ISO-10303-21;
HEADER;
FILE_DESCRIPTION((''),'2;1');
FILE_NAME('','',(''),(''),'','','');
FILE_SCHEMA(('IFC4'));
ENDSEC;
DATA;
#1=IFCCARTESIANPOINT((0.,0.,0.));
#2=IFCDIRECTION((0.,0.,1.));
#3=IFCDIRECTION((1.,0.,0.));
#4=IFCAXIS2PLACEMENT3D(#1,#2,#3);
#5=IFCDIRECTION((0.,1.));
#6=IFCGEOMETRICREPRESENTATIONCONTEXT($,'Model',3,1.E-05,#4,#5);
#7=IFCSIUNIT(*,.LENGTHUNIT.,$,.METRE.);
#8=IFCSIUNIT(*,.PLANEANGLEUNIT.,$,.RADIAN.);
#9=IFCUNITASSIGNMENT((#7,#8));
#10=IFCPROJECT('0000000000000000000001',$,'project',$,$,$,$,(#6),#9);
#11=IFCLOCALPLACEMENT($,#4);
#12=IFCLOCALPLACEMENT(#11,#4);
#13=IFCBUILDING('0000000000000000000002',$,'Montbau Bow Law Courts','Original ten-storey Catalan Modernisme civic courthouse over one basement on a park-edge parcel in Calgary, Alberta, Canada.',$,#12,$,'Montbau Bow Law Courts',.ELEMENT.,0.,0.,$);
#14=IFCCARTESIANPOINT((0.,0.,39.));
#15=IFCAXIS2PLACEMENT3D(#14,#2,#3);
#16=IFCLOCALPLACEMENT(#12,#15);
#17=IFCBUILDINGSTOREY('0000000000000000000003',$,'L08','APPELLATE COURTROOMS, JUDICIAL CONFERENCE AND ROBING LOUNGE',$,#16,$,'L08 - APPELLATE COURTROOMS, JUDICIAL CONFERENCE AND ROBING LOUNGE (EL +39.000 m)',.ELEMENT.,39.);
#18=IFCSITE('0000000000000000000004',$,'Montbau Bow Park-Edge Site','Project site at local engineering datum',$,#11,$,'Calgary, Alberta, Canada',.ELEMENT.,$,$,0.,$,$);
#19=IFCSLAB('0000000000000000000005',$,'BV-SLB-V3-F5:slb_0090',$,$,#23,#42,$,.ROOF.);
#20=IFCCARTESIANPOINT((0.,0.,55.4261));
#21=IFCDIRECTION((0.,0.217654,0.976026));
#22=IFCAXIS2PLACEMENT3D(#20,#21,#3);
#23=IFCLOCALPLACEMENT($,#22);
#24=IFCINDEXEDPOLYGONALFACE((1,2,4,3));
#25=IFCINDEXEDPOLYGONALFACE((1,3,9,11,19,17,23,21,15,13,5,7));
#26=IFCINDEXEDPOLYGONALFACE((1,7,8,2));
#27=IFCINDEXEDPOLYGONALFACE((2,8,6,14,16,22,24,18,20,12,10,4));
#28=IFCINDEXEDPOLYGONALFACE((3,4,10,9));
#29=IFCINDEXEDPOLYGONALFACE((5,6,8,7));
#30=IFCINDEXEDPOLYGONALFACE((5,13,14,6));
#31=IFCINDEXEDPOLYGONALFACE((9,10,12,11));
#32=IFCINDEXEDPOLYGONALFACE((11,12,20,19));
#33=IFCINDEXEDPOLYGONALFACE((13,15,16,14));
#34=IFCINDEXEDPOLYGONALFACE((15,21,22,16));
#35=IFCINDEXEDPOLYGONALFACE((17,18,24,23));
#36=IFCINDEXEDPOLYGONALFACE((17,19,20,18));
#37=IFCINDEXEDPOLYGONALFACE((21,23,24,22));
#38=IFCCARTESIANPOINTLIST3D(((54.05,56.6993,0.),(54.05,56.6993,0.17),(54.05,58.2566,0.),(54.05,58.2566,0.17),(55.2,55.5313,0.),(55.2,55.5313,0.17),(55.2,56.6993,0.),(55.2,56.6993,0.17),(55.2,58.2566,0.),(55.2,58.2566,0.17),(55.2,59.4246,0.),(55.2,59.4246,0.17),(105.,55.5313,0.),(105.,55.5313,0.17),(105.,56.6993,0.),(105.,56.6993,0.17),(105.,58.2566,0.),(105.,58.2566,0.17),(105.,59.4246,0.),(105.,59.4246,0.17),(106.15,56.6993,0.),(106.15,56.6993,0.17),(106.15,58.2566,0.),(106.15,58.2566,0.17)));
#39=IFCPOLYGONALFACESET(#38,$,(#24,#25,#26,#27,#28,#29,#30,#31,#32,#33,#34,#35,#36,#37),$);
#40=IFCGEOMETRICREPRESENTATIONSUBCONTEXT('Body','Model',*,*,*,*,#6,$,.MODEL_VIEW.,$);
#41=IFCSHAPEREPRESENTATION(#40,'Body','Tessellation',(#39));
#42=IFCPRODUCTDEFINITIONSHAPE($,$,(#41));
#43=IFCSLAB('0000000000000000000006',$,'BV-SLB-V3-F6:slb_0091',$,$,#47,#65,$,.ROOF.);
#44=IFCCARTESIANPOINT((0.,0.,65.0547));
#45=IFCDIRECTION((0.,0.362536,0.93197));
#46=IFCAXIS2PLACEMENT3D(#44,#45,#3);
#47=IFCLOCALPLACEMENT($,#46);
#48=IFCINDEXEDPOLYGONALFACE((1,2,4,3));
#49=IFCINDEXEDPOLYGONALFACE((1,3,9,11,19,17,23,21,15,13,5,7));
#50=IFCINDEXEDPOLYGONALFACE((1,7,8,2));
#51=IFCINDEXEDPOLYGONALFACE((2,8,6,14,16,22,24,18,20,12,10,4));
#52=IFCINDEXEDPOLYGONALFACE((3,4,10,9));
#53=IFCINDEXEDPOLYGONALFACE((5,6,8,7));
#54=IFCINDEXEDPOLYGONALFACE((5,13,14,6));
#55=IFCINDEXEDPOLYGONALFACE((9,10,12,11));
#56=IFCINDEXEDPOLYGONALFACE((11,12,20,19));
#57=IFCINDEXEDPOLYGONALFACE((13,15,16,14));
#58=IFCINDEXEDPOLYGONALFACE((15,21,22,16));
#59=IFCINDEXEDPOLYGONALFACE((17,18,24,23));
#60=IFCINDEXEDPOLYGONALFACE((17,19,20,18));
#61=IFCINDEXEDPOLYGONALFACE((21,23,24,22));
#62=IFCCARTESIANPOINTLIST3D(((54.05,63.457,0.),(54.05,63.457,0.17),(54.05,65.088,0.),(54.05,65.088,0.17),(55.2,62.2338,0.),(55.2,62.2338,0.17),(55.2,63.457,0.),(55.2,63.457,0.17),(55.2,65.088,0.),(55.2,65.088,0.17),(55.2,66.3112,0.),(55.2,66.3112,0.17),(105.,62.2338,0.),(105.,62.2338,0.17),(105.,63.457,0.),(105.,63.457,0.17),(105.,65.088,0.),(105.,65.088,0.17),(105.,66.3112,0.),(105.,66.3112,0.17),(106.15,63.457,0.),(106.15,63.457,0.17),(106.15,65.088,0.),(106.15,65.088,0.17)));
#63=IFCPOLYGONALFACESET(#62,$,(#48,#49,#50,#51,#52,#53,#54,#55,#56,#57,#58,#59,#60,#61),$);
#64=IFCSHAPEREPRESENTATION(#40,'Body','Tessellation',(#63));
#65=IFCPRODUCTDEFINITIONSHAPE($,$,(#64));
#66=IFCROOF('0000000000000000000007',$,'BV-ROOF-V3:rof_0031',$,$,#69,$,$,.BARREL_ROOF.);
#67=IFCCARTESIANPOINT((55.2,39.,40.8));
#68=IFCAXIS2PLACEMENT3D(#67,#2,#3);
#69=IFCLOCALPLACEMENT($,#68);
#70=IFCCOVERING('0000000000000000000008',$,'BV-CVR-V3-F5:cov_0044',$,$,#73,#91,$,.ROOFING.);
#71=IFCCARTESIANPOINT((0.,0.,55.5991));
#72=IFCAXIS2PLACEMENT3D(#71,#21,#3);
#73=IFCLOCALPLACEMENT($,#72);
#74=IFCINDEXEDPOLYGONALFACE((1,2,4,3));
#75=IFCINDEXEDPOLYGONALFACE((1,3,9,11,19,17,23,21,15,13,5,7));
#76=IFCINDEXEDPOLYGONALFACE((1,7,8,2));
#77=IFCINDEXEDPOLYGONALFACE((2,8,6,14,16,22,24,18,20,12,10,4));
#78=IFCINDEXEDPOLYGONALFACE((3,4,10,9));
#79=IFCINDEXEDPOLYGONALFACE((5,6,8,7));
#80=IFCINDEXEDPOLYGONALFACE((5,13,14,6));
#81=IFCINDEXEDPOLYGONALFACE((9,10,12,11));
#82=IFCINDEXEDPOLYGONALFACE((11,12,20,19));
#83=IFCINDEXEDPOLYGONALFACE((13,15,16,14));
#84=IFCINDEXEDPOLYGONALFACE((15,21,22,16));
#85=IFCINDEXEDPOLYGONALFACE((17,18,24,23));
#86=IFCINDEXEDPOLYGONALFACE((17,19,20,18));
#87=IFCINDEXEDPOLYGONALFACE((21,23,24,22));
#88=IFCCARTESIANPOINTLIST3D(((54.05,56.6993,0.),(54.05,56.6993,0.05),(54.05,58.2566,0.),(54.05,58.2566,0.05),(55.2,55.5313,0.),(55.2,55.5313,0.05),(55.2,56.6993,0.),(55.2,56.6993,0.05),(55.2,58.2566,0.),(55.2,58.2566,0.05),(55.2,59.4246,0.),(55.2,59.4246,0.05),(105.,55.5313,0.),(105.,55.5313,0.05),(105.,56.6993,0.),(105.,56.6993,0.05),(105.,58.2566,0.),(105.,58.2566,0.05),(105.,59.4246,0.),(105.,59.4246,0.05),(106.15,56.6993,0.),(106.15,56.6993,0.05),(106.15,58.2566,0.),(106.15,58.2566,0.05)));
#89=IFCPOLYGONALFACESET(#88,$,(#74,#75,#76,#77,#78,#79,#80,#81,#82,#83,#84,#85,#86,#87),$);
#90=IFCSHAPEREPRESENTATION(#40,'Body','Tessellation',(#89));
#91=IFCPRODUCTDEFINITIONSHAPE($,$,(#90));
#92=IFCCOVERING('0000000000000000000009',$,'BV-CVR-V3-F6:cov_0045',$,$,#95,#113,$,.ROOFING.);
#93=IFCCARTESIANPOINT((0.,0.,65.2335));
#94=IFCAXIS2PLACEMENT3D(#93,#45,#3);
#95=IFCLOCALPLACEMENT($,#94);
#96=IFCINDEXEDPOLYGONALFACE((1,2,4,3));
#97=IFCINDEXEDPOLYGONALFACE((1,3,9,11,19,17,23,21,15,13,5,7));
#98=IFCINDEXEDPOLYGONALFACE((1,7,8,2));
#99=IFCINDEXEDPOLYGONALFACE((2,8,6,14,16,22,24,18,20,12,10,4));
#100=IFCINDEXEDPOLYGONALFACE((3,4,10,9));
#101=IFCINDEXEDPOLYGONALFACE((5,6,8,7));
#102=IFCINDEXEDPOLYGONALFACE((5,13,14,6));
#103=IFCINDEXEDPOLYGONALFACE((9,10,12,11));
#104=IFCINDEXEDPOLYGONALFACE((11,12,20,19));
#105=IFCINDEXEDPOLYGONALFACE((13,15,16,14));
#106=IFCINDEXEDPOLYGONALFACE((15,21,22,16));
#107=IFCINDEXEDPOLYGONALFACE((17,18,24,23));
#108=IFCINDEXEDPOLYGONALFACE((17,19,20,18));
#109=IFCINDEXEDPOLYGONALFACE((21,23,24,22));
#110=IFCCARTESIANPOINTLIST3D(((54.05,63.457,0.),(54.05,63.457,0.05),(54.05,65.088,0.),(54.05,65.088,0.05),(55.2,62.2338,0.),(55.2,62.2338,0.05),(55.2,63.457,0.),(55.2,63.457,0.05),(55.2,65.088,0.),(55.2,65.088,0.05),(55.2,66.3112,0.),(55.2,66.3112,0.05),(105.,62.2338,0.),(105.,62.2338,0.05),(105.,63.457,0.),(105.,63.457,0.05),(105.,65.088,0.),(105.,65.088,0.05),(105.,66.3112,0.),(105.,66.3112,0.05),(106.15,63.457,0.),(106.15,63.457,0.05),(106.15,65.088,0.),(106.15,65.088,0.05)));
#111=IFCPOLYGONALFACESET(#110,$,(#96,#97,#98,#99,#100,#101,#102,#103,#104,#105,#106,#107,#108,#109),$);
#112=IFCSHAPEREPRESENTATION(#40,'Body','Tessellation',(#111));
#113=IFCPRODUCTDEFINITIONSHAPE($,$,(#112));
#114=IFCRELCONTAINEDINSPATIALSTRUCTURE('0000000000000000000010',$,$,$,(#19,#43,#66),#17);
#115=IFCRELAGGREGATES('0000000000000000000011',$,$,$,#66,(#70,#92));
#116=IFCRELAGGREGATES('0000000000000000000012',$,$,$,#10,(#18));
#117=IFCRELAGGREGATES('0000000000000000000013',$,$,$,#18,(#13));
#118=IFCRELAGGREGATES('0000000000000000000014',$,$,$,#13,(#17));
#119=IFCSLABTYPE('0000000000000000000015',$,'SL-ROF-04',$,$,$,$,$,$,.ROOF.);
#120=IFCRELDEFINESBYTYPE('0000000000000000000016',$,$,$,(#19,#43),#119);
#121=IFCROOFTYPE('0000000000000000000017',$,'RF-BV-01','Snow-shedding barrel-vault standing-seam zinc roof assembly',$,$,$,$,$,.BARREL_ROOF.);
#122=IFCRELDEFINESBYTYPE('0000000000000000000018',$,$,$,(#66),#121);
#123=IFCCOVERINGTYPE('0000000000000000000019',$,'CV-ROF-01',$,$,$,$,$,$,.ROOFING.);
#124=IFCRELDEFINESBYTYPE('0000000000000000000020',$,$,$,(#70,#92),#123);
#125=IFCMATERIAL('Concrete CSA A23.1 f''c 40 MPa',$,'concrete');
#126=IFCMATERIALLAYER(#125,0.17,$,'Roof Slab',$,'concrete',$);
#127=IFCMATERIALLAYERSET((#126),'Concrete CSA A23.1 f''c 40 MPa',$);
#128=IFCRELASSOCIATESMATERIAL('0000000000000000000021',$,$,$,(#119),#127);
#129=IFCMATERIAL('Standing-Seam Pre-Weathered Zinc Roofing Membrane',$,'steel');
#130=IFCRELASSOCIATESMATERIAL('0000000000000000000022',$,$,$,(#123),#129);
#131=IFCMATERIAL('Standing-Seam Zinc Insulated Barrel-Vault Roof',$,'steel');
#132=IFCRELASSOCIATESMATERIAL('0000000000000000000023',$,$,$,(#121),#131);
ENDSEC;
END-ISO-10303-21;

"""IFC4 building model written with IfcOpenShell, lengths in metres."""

from ifc_helpers import new_model, si_unit, direction, frame, origin_with_axes, place, context, subcontext, project, spatial, polyline, outline, extrude, material, layer, layer_set, type_object, element, aggregate, save


model = new_model("IFC4")

# Units and contexts
model_context = context("Model", 3, precision=1e-05, world=origin_with_axes(), true_north=direction((0.0, 1.0)))
body_context = subcontext(model_context, "Body", "Model", "MODEL_VIEW")
ifc_project = project(units=[si_unit("LENGTHUNIT", "METRE"), si_unit("PLANEANGLEUNIT", "RADIAN")], contexts=[model_context])

# Site, building, storey
site_placement = place(None, origin_with_axes())
site = spatial("IfcSite", under=ifc_project, at=site_placement, Name="Montbau Bow Park-Edge Site", Description="Project site at local engineering datum", LongName="Calgary, Alberta, Canada", CompositionType="ELEMENT", RefElevation=0.0)
building_placement = place(site_placement, origin_with_axes())
building = spatial("IfcBuilding", under=site, at=building_placement, Name="Montbau Bow Law Courts", Description="Original ten-storey Catalan Modernisme civic courthouse over one basement on a park-edge parcel in Calgary, Alberta, Canada.", LongName="Montbau Bow Law Courts", CompositionType="ELEMENT", ElevationOfRefHeight=0.0, ElevationOfTerrain=0.0)
storey_placement = place(building_placement, frame((0.0, 0.0, 39.0), z_axis=(0.0, 0.0, 1.0), x_axis=(1.0, 0.0, 0.0)))
storey = spatial("IfcBuildingStorey", under=building, at=storey_placement, Name="L08", Description="APPELLATE COURTROOMS, JUDICIAL CONFERENCE AND ROBING LOUNGE", LongName="L08 - APPELLATE COURTROOMS, JUDICIAL CONFERENCE AND ROBING LOUNGE (EL +39.000 m)", CompositionType="ELEMENT", Elevation=39.0)

# Shared definitions
ifc_material_1 = material(Name="Concrete CSA A23.1 f'c 40 MPa", Category="concrete")

# Slabs
ifc_layer_1 = layer(ifc_material_1, 0.17, Name="Roof Slab", Category="concrete")
ifc_layer_set_1 = layer_set([ifc_layer_1], Name="Concrete CSA A23.1 f'c 40 MPa")
slab_type_1 = type_object("IfcSlabType", Name="SL-ROF-04", PredefinedType="ROOF", material=ifc_layer_set_1)
slab_1_placement = place(None, frame((0.0, 0.0, 55.4261), z_axis=(0.0, 0.217654, 0.976026), x_axis=(1.0, 0.0, 0.0)))
element("IfcSlab", 1, at=slab_1_placement, inside=storey, type_object=slab_type_1, Name="BV-SLB-V3-F5:slb_0090", PredefinedType="ROOF", context=body_context, shape_type="SweptSolid", body=[
    extrude(outline(polyline([(55.2, 55.5313), (105.0, 55.5313), (105.0, 56.6993), (106.15, 56.6993), (106.15, 58.2566), (105.0, 58.2566), (105.0, 59.4246), (55.2, 59.4246), (55.2, 58.2566), (54.05, 58.2566), (54.05, 56.6993), (55.2, 56.6993), (55.2, 55.5313)])), origin_with_axes(), (0.0, 0.0, 1.0), 0.17),
])
slab_2_placement = place(None, frame((0.0, 0.0, 65.0547), z_axis=(0.0, 0.362536, 0.93197), x_axis=(1.0, 0.0, 0.0)))
element("IfcSlab", 2, at=slab_2_placement, inside=storey, type_object=slab_type_1, Name="BV-SLB-V3-F6:slb_0091", PredefinedType="ROOF", context=body_context, shape_type="SweptSolid", body=[
    extrude(outline(polyline([(55.2, 62.2338), (105.0, 62.2338), (105.0, 63.457), (106.15, 63.457), (106.15, 65.088), (105.0, 65.088), (105.0, 66.3112), (55.2, 66.3112), (55.2, 65.088), (54.05, 65.088), (54.05, 63.457), (55.2, 63.457), (55.2, 62.2338)])), origin_with_axes(), (0.0, 0.0, 1.0), 0.17),
])

# Shared definitions
ifc_material_2 = material(Name="Standing-Seam Pre-Weathered Zinc Roofing Membrane", Category="steel")
covering_type_1 = type_object("IfcCoveringType", Name="CV-ROF-01", PredefinedType="ROOFING", material=ifc_material_2)

# Roof, coverings
ifc_material_3 = material(Name="Standing-Seam Zinc Insulated Barrel-Vault Roof", Category="steel")
roof_type_1 = type_object("IfcRoofType", Name="RF-BV-01", Description="Snow-shedding barrel-vault standing-seam zinc roof assembly", PredefinedType="BARREL_ROOF", material=ifc_material_3)
roof_1_placement = place(None, frame((55.2, 39.0, 40.8), z_axis=(0.0, 0.0, 1.0), x_axis=(1.0, 0.0, 0.0)))
roof_1 = element("IfcRoof", 3, at=roof_1_placement, inside=storey, type_object=roof_type_1, Name="BV-ROOF-V3:rof_0031", PredefinedType="BARREL_ROOF")
covering_1_placement = place(None, frame((0.0, 0.0, 55.5991), z_axis=(0.0, 0.217654, 0.976026), x_axis=(1.0, 0.0, 0.0)))
covering_1 = element("IfcCovering", 4, at=covering_1_placement, type_object=covering_type_1, Name="BV-CVR-V3-F5:cov_0044", PredefinedType="ROOFING", context=body_context, shape_type="SweptSolid", body=[
    extrude(outline(polyline([(55.2, 55.5313), (105.0, 55.5313), (105.0, 56.6993), (106.15, 56.6993), (106.15, 58.2566), (105.0, 58.2566), (105.0, 59.4246), (55.2, 59.4246), (55.2, 58.2566), (54.05, 58.2566), (54.05, 56.6993), (55.2, 56.6993), (55.2, 55.5313)])), origin_with_axes(), (0.0, 0.0, 1.0), 0.05),
])
covering_2_placement = place(None, frame((0.0, 0.0, 65.2335), z_axis=(0.0, 0.362536, 0.93197), x_axis=(1.0, 0.0, 0.0)))
covering_2 = element("IfcCovering", 5, at=covering_2_placement, type_object=covering_type_1, Name="BV-CVR-V3-F6:cov_0045", PredefinedType="ROOFING", context=body_context, shape_type="SweptSolid", body=[
    extrude(outline(polyline([(55.2, 62.2338), (105.0, 62.2338), (105.0, 63.457), (106.15, 63.457), (106.15, 65.088), (105.0, 65.088), (105.0, 66.3112), (55.2, 66.3112), (55.2, 65.088), (54.05, 65.088), (54.05, 63.457), (55.2, 63.457), (55.2, 62.2338)])), origin_with_axes(), (0.0, 0.0, 1.0), 0.05),
])
aggregate(roof_1, [covering_1, covering_2])

save(model, "model.ifc")
